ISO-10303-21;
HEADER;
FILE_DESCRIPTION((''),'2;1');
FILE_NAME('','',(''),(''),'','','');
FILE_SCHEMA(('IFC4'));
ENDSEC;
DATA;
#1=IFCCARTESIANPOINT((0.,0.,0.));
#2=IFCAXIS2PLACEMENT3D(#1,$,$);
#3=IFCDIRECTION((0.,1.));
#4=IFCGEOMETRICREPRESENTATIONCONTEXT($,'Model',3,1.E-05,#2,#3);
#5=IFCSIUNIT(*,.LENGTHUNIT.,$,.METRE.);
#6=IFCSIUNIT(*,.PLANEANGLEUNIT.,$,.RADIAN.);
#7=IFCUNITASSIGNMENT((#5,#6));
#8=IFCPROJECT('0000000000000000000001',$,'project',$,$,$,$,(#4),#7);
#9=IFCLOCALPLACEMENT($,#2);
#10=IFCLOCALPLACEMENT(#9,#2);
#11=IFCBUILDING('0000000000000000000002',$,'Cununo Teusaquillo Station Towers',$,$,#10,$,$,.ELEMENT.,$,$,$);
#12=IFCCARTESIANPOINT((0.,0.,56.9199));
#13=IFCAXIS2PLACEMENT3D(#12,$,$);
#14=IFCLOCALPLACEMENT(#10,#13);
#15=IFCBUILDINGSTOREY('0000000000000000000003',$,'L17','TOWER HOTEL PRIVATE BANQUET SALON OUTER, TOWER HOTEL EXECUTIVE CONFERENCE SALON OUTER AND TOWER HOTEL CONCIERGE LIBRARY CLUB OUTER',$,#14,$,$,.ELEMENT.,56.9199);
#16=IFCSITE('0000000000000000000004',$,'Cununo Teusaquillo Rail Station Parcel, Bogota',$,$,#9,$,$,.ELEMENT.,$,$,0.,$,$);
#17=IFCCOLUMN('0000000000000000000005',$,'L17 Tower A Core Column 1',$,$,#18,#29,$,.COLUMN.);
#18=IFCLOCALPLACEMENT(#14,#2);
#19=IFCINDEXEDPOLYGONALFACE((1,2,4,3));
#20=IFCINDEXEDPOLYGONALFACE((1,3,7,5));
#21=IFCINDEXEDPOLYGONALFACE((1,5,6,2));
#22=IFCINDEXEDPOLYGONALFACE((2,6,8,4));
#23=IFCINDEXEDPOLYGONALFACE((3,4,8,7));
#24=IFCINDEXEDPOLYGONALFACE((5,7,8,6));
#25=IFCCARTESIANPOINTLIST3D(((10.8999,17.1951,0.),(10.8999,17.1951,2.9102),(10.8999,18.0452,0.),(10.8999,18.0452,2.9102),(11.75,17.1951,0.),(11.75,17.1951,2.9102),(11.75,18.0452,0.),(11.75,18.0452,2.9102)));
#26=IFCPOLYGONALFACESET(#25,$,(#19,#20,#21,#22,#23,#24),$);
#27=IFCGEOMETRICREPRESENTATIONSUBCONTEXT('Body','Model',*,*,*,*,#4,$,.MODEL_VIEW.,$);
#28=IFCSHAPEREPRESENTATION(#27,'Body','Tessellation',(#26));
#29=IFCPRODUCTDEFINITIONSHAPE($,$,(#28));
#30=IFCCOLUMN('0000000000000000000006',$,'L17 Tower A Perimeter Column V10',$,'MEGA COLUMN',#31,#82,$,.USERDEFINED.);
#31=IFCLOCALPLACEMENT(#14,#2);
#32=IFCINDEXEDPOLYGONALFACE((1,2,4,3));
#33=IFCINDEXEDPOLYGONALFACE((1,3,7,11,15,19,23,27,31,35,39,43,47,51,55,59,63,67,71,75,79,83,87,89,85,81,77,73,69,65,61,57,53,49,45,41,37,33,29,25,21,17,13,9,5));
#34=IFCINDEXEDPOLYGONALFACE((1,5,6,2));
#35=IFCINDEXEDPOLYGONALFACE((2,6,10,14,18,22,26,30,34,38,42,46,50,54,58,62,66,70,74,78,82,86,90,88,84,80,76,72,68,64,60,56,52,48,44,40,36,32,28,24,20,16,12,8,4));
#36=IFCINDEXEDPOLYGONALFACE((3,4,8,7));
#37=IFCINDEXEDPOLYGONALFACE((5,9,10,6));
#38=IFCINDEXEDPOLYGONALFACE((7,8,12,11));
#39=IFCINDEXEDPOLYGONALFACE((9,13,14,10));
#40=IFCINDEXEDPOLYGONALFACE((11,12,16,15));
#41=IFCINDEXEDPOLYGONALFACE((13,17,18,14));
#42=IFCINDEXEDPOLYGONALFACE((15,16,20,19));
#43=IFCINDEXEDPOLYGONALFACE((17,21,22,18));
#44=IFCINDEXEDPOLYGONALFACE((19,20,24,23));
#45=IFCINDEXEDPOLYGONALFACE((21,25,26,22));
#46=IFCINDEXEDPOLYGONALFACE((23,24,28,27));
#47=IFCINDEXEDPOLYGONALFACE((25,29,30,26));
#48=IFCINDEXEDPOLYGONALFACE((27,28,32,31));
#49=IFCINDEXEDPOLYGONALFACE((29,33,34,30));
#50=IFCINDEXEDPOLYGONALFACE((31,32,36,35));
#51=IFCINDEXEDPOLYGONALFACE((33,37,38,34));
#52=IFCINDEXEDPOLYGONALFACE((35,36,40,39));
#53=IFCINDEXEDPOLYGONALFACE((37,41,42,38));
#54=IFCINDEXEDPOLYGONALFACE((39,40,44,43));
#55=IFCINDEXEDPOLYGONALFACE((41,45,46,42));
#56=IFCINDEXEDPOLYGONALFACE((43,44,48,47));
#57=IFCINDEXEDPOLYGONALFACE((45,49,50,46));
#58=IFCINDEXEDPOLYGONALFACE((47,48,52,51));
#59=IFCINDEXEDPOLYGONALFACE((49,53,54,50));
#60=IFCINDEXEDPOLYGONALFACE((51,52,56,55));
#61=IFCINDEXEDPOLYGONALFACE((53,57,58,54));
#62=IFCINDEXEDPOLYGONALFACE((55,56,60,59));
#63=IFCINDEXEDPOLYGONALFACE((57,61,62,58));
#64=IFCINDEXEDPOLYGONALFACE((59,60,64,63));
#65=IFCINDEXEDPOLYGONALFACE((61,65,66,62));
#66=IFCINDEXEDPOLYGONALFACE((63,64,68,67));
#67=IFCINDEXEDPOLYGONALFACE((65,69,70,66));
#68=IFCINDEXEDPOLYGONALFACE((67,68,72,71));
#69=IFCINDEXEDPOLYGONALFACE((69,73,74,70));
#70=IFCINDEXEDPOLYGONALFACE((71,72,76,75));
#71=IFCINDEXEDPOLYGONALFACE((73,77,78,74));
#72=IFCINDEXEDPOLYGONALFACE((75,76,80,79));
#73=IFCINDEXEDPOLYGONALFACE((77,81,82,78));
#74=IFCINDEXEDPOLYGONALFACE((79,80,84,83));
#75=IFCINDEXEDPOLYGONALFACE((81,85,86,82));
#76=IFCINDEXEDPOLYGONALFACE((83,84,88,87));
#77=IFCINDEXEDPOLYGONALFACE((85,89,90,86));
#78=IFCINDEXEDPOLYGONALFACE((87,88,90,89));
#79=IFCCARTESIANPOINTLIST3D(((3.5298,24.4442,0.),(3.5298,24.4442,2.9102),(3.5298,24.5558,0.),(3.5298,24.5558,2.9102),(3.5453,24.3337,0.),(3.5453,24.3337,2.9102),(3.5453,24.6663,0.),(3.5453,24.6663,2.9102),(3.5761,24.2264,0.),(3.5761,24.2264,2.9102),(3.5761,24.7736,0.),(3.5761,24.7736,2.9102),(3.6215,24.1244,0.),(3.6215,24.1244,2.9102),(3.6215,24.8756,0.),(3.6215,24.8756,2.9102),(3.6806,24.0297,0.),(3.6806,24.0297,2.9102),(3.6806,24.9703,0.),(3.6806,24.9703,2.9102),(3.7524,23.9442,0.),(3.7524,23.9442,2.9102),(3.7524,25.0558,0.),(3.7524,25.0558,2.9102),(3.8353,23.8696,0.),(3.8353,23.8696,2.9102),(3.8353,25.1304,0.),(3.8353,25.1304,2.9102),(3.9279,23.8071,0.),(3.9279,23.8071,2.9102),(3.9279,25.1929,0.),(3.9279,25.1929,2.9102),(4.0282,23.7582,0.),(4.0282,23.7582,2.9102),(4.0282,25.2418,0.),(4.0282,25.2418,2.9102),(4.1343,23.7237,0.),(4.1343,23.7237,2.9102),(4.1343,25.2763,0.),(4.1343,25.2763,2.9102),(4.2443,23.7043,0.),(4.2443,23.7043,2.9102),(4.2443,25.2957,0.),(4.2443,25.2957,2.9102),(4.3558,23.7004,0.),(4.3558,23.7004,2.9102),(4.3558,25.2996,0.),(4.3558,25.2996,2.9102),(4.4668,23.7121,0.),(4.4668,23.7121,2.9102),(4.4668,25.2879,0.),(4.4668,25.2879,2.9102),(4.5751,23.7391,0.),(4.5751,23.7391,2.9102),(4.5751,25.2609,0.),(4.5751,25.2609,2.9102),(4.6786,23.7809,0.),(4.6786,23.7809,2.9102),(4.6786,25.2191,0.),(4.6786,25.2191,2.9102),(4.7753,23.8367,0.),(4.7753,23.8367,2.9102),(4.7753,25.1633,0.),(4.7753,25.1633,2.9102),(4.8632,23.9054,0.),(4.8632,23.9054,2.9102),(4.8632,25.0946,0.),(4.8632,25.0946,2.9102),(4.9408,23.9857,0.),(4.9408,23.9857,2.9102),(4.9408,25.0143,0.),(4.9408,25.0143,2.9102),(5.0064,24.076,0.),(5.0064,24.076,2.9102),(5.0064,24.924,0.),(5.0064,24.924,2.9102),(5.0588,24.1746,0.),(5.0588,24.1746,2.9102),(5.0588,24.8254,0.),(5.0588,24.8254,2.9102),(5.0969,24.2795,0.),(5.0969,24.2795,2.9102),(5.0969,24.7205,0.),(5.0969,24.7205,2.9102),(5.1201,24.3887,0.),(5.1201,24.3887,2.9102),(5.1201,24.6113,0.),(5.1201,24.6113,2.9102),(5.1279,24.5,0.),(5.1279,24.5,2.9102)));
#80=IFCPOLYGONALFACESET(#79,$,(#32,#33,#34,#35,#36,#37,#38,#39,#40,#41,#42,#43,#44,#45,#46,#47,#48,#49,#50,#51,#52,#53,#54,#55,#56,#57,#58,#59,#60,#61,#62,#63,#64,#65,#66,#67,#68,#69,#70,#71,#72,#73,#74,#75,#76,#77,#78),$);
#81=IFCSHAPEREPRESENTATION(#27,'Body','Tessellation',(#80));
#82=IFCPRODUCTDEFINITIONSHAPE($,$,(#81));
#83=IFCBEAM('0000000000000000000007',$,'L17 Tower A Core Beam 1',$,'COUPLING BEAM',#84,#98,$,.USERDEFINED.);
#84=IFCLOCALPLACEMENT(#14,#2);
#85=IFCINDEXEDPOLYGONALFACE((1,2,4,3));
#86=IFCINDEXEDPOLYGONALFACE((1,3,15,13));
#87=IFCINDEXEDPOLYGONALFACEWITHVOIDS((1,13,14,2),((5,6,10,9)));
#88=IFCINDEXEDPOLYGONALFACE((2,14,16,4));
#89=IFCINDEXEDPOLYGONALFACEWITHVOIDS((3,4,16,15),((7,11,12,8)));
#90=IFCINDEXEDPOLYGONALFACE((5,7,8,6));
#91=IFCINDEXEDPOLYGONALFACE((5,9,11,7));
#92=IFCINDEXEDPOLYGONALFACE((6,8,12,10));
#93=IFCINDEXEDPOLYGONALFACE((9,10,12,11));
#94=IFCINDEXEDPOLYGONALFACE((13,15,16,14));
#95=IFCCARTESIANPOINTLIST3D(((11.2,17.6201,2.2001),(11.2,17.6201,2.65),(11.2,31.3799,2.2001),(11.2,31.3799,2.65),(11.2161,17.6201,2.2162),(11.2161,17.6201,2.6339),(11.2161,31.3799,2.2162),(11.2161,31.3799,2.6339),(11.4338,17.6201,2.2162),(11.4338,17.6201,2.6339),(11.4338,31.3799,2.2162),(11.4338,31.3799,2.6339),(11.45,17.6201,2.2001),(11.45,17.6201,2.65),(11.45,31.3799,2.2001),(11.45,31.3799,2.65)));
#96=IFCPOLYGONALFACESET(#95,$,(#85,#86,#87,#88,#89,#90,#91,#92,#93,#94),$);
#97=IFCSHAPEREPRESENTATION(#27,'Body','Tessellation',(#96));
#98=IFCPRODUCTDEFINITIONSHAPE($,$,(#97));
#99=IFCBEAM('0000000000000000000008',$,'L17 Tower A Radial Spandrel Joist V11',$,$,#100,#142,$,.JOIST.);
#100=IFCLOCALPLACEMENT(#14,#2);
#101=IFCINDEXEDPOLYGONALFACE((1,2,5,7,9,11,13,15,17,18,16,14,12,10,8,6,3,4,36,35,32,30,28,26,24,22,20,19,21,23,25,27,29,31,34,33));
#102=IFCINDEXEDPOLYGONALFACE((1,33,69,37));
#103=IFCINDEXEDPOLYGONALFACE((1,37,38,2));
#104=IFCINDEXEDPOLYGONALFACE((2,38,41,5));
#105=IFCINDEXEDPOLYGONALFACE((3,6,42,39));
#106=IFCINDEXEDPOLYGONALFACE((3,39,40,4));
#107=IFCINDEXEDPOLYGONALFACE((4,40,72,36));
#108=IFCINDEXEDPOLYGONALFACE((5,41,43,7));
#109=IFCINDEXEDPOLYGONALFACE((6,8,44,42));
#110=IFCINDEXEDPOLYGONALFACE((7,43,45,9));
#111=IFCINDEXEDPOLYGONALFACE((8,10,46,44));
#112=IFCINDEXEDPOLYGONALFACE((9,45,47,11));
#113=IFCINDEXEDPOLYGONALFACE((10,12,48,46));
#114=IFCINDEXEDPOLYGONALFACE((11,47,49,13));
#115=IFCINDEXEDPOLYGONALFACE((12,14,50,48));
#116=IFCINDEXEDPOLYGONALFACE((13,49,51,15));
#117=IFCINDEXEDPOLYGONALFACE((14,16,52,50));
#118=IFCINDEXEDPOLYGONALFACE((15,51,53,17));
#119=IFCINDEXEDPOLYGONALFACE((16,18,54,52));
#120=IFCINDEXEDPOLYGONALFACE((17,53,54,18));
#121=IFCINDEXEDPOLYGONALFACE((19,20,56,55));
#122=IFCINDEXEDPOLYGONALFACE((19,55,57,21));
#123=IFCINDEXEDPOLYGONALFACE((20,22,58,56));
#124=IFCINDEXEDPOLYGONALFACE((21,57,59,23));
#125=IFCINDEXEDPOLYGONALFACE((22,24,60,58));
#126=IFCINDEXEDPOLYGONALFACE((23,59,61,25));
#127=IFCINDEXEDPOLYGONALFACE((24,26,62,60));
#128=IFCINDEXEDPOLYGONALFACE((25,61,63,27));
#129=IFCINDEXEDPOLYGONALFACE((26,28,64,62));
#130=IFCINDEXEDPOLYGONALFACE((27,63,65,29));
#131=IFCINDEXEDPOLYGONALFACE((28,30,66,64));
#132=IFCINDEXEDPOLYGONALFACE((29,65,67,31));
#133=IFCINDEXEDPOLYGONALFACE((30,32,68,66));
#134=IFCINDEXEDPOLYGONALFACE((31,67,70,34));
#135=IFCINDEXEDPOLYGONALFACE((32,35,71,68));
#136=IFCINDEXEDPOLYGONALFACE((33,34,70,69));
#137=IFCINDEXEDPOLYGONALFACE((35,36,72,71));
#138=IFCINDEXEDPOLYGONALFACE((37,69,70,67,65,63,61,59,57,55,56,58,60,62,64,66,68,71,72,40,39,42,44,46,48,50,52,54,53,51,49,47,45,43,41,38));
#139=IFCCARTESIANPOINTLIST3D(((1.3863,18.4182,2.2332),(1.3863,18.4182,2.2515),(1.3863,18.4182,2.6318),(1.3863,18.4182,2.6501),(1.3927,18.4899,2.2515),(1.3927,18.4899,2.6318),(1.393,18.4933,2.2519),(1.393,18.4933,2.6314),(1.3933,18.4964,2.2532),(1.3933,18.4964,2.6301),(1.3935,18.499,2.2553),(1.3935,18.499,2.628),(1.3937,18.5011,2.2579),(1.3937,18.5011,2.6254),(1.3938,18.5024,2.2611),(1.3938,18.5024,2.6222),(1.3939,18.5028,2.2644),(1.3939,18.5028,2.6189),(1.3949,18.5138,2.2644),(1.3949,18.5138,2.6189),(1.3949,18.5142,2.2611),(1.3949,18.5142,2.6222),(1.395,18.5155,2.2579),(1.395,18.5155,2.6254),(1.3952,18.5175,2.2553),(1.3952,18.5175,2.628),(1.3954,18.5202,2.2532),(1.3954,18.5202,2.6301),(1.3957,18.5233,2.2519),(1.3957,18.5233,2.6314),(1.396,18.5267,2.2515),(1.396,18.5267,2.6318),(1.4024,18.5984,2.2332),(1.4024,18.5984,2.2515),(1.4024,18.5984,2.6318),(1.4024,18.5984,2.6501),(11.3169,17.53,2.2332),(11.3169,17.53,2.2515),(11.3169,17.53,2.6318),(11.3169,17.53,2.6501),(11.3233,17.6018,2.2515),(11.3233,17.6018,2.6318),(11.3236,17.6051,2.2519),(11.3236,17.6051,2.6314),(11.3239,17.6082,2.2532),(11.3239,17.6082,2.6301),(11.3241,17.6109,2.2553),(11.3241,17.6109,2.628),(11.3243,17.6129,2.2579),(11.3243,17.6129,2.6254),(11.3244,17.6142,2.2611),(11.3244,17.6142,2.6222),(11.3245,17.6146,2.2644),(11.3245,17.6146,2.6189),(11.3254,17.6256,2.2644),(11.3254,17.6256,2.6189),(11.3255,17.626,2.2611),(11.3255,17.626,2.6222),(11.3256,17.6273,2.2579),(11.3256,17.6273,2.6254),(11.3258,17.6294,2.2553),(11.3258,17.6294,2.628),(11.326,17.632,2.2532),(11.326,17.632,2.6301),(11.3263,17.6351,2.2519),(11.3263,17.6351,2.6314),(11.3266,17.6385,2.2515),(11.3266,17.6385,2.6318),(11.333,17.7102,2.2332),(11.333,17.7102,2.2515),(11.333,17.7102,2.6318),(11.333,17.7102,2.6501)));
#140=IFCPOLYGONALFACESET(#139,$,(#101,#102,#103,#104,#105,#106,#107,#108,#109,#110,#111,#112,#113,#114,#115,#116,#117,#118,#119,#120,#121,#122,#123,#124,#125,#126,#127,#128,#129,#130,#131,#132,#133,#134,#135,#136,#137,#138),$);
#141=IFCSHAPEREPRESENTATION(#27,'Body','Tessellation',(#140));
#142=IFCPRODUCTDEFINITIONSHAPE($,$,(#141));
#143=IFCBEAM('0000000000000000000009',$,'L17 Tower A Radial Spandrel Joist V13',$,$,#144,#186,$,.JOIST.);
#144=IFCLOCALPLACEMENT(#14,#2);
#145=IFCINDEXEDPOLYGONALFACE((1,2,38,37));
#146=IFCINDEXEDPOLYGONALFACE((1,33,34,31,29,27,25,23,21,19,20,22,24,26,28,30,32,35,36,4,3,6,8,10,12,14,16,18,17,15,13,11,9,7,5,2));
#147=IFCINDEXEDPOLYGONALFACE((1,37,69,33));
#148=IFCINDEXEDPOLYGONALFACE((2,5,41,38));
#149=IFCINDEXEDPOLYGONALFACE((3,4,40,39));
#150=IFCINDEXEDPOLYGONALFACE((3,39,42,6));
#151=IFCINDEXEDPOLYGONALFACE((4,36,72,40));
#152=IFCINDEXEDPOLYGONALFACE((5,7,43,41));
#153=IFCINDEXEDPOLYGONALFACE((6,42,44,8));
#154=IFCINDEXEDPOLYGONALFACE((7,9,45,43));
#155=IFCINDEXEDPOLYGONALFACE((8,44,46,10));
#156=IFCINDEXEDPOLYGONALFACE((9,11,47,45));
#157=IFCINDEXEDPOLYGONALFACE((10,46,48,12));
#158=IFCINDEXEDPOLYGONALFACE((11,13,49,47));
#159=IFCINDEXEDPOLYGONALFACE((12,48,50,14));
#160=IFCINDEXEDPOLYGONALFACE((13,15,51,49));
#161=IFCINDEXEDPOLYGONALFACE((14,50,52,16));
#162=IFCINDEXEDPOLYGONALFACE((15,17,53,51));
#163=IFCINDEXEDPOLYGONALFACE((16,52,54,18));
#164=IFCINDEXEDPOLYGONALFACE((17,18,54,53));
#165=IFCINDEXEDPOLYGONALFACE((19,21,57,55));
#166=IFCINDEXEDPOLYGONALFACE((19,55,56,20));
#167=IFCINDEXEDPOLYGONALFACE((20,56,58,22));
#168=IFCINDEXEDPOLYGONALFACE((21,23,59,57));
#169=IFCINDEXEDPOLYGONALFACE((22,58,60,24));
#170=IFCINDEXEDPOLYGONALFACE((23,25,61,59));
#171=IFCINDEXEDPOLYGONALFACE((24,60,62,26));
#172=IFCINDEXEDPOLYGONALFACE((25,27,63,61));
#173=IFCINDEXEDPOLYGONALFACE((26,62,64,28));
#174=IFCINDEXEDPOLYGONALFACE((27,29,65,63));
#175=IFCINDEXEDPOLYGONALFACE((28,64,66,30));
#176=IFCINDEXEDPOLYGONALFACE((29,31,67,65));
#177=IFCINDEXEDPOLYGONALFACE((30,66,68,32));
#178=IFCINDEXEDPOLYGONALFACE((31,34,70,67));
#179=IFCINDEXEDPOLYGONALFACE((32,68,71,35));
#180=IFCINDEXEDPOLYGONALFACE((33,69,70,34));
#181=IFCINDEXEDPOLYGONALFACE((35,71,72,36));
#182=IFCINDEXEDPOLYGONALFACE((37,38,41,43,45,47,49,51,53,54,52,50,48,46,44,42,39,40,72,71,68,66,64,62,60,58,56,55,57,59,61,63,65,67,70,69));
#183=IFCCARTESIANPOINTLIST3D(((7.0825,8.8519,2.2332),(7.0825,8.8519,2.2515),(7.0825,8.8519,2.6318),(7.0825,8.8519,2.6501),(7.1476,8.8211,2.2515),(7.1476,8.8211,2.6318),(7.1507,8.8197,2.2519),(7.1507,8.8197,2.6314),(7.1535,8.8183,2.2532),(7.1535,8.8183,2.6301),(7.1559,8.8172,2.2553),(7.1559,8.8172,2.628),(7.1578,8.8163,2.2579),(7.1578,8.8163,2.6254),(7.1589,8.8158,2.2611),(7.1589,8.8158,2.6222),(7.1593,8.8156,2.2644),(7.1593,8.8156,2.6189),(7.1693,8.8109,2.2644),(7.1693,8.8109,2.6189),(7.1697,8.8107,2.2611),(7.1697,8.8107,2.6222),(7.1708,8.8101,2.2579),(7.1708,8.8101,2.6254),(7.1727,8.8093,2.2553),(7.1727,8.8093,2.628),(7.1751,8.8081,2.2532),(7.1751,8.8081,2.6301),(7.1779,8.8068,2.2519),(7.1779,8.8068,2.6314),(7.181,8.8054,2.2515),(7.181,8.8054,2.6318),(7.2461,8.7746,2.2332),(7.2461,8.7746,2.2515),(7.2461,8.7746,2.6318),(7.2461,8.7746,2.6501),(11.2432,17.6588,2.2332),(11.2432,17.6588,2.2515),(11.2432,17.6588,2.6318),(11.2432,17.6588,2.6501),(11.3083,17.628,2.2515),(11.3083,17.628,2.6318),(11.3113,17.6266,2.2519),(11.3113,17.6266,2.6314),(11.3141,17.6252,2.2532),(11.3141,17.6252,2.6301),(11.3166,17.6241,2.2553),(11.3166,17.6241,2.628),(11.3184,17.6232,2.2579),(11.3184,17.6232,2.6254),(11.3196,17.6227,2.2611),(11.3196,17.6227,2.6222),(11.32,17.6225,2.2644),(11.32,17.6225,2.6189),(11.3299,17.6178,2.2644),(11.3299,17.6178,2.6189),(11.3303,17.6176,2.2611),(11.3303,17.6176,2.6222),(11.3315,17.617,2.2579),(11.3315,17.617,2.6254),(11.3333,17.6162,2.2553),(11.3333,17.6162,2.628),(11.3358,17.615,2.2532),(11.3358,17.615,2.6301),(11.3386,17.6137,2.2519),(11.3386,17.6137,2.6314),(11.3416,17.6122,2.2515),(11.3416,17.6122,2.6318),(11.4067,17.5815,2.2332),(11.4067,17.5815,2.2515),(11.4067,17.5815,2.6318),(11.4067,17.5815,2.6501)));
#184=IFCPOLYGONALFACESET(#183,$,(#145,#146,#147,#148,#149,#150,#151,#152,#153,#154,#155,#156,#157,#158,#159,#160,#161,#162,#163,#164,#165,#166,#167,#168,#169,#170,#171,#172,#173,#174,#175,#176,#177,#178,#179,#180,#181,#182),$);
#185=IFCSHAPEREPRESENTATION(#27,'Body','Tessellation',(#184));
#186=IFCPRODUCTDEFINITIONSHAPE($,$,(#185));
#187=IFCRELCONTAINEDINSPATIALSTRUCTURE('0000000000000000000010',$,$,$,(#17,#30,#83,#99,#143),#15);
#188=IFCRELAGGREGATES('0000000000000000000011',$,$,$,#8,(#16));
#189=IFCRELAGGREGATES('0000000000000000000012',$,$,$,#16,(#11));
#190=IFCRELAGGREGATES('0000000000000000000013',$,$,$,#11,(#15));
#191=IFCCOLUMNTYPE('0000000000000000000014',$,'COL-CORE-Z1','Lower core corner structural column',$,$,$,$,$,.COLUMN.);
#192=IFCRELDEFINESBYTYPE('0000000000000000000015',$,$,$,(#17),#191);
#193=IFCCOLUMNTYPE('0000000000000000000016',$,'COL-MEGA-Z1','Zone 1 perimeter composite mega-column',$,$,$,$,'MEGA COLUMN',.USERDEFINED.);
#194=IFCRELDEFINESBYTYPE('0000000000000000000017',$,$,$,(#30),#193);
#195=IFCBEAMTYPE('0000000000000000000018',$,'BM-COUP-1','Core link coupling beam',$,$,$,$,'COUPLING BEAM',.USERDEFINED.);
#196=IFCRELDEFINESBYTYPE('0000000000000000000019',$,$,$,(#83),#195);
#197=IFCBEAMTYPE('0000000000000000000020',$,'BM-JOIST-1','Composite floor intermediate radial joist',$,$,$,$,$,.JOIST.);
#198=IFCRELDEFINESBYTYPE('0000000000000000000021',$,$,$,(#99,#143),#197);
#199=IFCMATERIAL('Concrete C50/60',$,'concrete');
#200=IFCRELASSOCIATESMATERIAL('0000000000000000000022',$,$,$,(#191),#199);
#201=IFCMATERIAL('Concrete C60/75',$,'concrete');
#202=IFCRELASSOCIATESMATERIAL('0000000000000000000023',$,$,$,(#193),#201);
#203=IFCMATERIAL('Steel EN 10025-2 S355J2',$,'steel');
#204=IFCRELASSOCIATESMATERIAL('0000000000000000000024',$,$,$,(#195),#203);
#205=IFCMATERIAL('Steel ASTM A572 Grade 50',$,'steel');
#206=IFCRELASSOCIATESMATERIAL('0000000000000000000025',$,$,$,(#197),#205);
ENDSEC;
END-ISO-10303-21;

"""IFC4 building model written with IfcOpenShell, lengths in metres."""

from ifc_helpers import new_model, si_unit, direction, frame, origin, origin_2d, place, context, subcontext, project, spatial, rectangle, hollow_rectangle, circle, i_section, extrude, material, material_profile, profile_set, type_object, element, save


model = new_model("IFC4")

# Units and contexts
model_context = context("Model", 3, precision=1e-05, world=origin(), true_north=direction((0.0, 1.0)))
body_context = subcontext(model_context, "Body", "Model", "MODEL_VIEW")
ifc_project = project(units=[si_unit("LENGTHUNIT", "METRE"), si_unit("PLANEANGLEUNIT", "RADIAN")], contexts=[model_context])

# Site, building, storey
site_placement = place(None, origin())
site = spatial("IfcSite", under=ifc_project, at=site_placement, Name="Cununo Teusaquillo Rail Station Parcel, Bogota", CompositionType="ELEMENT", RefElevation=0.0)
building_placement = place(site_placement, origin())
building = spatial("IfcBuilding", under=site, at=building_placement, Name="Cununo Teusaquillo Station Towers", CompositionType="ELEMENT")
storey_placement = place(building_placement, frame((0.0, 0.0, 56.9199)))
storey = spatial("IfcBuildingStorey", under=building, at=storey_placement, Name="L17", Description="TOWER HOTEL PRIVATE BANQUET SALON OUTER, TOWER HOTEL EXECUTIVE CONFERENCE SALON OUTER AND TOWER HOTEL CONCIERGE LIBRARY CLUB OUTER", CompositionType="ELEMENT", Elevation=56.9199)

# Columns
ifc_material_1 = material(Name="Concrete C50/60", Category="concrete")
ifc_material_profile_1 = material_profile(ifc_material_1, rectangle(XDim=0.8501, YDim=0.8501, at=origin_2d()), Name="RC-RECT-850x850")
ifc_profile_set_1 = profile_set([ifc_material_profile_1], Name="Concrete C50/60")
column_type_1 = type_object("IfcColumnType", Name="COL-CORE-Z1", Description="Lower core corner structural column", PredefinedType="COLUMN", material=ifc_profile_set_1)
column_1_placement = place(storey_placement, frame((11.325, 17.6201, 0.0), z_axis=(0.0, 0.0, 1.0), x_axis=(1.0, 0.0, 0.0)))
element("IfcColumn", 1, at=column_1_placement, inside=storey, type_object=column_type_1, Name="L17 Tower A Core Column 1", PredefinedType="COLUMN", context=body_context, shape_type="SweptSolid", body=[
    extrude(rectangle(XDim=0.8501, YDim=0.8501, at=origin_2d()), origin(), (0.0, 0.0, 1.0), 2.9102),
])
ifc_material_2 = material(Name="Concrete C60/75", Category="concrete")
ifc_material_profile_2 = material_profile(ifc_material_2, circle(Radius=0.8, at=origin_2d()), Name="RC-CIRC-1600")
ifc_profile_set_2 = profile_set([ifc_material_profile_2], Name="Concrete C60/75")
column_type_2 = type_object("IfcColumnType", Name="COL-MEGA-Z1", Description="Zone 1 perimeter composite mega-column", ElementType="MEGA COLUMN", PredefinedType="USERDEFINED", material=ifc_profile_set_2)
column_2_placement = place(storey_placement, frame((4.3279, 24.5, 0.0), z_axis=(0.0, 0.0, 1.0), x_axis=(1.0, 0.0, 0.0)))
element("IfcColumn", 2, at=column_2_placement, inside=storey, type_object=column_type_2, Name="L17 Tower A Perimeter Column V10", ObjectType="MEGA COLUMN", PredefinedType="USERDEFINED", context=body_context, shape_type="SweptSolid", body=[
    extrude(circle(Radius=0.8, at=origin_2d()), origin(), (0.0, 0.0, 1.0), 2.9102),
])

# Beams
ifc_material_3 = material(Name="Steel EN 10025-2 S355J2", Category="steel")
ifc_material_profile_3 = material_profile(ifc_material_3, hollow_rectangle(XDim=0.25, YDim=0.45, WallThickness=0.0161, at=origin_2d()), Name="RHS 450x250x16")
ifc_profile_set_3 = profile_set([ifc_material_profile_3], Name="Steel EN 10025-2 S355J2")
beam_type_1 = type_object("IfcBeamType", Name="BM-COUP-1", Description="Core link coupling beam", ElementType="COUPLING BEAM", PredefinedType="USERDEFINED", material=ifc_profile_set_3)
beam_1_placement = place(storey_placement, frame((11.325, 17.6201, 2.425), z_axis=(0.0, 1.0, 0.0), x_axis=(-1.0, 0.0, 0.0)))
element("IfcBeam", 3, at=beam_1_placement, inside=storey, type_object=beam_type_1, Name="L17 Tower A Core Beam 1", ObjectType="COUPLING BEAM", PredefinedType="USERDEFINED", context=body_context, shape_type="SweptSolid", body=[
    extrude(hollow_rectangle(XDim=0.25, YDim=0.45, WallThickness=0.0161, at=origin_2d()), origin(), (0.0, 0.0, 1.0), 13.7598),
])
ifc_material_4 = material(Name="Steel ASTM A572 Grade 50", Category="steel")
ifc_material_profile_4 = material_profile(ifc_material_4, i_section(OverallWidth=0.1809, OverallDepth=0.417, WebThickness=0.011, FlangeThickness=0.0183, FilletRadius=0.0129, at=origin_2d()), Name="W16X57")
ifc_profile_set_4 = profile_set([ifc_material_profile_4], Name="Steel ASTM A572 Grade 50")
beam_type_2 = type_object("IfcBeamType", Name="BM-JOIST-1", Description="Composite floor intermediate radial joist", PredefinedType="JOIST", material=ifc_profile_set_4)
beam_2_placement = place(storey_placement, frame((11.325, 17.6201, 2.4417), z_axis=(-0.996024, 0.089083, 0.0), x_axis=(-0.089083, -0.996024, 0.0)))
element("IfcBeam", 4, at=beam_2_placement, inside=storey, type_object=beam_type_2, Name="L17 Tower A Radial Spandrel Joist V11", PredefinedType="JOIST", context=body_context, shape_type="SweptSolid", body=[
    extrude(i_section(OverallWidth=0.1809, OverallDepth=0.417, WebThickness=0.011, FlangeThickness=0.0183, FilletRadius=0.0129, at=origin_2d()), origin(), (0.0, 0.0, 1.0), 9.9702),
])
beam_3_placement = place(storey_placement, frame((11.325, 17.6201, 2.4417), z_axis=(-0.427161, -0.904176, 0.0), x_axis=(0.904176, -0.427161, 0.0)))
element("IfcBeam", 5, at=beam_3_placement, inside=storey, type_object=beam_type_2, Name="L17 Tower A Radial Spandrel Joist V13", PredefinedType="JOIST", context=body_context, shape_type="SweptSolid", body=[
    extrude(i_section(OverallWidth=0.1809, OverallDepth=0.417, WebThickness=0.011, FlangeThickness=0.0183, FilletRadius=0.0129, at=origin_2d()), origin(), (0.0, 0.0, 1.0), 9.7402),
])

save(model, "model.ifc")
